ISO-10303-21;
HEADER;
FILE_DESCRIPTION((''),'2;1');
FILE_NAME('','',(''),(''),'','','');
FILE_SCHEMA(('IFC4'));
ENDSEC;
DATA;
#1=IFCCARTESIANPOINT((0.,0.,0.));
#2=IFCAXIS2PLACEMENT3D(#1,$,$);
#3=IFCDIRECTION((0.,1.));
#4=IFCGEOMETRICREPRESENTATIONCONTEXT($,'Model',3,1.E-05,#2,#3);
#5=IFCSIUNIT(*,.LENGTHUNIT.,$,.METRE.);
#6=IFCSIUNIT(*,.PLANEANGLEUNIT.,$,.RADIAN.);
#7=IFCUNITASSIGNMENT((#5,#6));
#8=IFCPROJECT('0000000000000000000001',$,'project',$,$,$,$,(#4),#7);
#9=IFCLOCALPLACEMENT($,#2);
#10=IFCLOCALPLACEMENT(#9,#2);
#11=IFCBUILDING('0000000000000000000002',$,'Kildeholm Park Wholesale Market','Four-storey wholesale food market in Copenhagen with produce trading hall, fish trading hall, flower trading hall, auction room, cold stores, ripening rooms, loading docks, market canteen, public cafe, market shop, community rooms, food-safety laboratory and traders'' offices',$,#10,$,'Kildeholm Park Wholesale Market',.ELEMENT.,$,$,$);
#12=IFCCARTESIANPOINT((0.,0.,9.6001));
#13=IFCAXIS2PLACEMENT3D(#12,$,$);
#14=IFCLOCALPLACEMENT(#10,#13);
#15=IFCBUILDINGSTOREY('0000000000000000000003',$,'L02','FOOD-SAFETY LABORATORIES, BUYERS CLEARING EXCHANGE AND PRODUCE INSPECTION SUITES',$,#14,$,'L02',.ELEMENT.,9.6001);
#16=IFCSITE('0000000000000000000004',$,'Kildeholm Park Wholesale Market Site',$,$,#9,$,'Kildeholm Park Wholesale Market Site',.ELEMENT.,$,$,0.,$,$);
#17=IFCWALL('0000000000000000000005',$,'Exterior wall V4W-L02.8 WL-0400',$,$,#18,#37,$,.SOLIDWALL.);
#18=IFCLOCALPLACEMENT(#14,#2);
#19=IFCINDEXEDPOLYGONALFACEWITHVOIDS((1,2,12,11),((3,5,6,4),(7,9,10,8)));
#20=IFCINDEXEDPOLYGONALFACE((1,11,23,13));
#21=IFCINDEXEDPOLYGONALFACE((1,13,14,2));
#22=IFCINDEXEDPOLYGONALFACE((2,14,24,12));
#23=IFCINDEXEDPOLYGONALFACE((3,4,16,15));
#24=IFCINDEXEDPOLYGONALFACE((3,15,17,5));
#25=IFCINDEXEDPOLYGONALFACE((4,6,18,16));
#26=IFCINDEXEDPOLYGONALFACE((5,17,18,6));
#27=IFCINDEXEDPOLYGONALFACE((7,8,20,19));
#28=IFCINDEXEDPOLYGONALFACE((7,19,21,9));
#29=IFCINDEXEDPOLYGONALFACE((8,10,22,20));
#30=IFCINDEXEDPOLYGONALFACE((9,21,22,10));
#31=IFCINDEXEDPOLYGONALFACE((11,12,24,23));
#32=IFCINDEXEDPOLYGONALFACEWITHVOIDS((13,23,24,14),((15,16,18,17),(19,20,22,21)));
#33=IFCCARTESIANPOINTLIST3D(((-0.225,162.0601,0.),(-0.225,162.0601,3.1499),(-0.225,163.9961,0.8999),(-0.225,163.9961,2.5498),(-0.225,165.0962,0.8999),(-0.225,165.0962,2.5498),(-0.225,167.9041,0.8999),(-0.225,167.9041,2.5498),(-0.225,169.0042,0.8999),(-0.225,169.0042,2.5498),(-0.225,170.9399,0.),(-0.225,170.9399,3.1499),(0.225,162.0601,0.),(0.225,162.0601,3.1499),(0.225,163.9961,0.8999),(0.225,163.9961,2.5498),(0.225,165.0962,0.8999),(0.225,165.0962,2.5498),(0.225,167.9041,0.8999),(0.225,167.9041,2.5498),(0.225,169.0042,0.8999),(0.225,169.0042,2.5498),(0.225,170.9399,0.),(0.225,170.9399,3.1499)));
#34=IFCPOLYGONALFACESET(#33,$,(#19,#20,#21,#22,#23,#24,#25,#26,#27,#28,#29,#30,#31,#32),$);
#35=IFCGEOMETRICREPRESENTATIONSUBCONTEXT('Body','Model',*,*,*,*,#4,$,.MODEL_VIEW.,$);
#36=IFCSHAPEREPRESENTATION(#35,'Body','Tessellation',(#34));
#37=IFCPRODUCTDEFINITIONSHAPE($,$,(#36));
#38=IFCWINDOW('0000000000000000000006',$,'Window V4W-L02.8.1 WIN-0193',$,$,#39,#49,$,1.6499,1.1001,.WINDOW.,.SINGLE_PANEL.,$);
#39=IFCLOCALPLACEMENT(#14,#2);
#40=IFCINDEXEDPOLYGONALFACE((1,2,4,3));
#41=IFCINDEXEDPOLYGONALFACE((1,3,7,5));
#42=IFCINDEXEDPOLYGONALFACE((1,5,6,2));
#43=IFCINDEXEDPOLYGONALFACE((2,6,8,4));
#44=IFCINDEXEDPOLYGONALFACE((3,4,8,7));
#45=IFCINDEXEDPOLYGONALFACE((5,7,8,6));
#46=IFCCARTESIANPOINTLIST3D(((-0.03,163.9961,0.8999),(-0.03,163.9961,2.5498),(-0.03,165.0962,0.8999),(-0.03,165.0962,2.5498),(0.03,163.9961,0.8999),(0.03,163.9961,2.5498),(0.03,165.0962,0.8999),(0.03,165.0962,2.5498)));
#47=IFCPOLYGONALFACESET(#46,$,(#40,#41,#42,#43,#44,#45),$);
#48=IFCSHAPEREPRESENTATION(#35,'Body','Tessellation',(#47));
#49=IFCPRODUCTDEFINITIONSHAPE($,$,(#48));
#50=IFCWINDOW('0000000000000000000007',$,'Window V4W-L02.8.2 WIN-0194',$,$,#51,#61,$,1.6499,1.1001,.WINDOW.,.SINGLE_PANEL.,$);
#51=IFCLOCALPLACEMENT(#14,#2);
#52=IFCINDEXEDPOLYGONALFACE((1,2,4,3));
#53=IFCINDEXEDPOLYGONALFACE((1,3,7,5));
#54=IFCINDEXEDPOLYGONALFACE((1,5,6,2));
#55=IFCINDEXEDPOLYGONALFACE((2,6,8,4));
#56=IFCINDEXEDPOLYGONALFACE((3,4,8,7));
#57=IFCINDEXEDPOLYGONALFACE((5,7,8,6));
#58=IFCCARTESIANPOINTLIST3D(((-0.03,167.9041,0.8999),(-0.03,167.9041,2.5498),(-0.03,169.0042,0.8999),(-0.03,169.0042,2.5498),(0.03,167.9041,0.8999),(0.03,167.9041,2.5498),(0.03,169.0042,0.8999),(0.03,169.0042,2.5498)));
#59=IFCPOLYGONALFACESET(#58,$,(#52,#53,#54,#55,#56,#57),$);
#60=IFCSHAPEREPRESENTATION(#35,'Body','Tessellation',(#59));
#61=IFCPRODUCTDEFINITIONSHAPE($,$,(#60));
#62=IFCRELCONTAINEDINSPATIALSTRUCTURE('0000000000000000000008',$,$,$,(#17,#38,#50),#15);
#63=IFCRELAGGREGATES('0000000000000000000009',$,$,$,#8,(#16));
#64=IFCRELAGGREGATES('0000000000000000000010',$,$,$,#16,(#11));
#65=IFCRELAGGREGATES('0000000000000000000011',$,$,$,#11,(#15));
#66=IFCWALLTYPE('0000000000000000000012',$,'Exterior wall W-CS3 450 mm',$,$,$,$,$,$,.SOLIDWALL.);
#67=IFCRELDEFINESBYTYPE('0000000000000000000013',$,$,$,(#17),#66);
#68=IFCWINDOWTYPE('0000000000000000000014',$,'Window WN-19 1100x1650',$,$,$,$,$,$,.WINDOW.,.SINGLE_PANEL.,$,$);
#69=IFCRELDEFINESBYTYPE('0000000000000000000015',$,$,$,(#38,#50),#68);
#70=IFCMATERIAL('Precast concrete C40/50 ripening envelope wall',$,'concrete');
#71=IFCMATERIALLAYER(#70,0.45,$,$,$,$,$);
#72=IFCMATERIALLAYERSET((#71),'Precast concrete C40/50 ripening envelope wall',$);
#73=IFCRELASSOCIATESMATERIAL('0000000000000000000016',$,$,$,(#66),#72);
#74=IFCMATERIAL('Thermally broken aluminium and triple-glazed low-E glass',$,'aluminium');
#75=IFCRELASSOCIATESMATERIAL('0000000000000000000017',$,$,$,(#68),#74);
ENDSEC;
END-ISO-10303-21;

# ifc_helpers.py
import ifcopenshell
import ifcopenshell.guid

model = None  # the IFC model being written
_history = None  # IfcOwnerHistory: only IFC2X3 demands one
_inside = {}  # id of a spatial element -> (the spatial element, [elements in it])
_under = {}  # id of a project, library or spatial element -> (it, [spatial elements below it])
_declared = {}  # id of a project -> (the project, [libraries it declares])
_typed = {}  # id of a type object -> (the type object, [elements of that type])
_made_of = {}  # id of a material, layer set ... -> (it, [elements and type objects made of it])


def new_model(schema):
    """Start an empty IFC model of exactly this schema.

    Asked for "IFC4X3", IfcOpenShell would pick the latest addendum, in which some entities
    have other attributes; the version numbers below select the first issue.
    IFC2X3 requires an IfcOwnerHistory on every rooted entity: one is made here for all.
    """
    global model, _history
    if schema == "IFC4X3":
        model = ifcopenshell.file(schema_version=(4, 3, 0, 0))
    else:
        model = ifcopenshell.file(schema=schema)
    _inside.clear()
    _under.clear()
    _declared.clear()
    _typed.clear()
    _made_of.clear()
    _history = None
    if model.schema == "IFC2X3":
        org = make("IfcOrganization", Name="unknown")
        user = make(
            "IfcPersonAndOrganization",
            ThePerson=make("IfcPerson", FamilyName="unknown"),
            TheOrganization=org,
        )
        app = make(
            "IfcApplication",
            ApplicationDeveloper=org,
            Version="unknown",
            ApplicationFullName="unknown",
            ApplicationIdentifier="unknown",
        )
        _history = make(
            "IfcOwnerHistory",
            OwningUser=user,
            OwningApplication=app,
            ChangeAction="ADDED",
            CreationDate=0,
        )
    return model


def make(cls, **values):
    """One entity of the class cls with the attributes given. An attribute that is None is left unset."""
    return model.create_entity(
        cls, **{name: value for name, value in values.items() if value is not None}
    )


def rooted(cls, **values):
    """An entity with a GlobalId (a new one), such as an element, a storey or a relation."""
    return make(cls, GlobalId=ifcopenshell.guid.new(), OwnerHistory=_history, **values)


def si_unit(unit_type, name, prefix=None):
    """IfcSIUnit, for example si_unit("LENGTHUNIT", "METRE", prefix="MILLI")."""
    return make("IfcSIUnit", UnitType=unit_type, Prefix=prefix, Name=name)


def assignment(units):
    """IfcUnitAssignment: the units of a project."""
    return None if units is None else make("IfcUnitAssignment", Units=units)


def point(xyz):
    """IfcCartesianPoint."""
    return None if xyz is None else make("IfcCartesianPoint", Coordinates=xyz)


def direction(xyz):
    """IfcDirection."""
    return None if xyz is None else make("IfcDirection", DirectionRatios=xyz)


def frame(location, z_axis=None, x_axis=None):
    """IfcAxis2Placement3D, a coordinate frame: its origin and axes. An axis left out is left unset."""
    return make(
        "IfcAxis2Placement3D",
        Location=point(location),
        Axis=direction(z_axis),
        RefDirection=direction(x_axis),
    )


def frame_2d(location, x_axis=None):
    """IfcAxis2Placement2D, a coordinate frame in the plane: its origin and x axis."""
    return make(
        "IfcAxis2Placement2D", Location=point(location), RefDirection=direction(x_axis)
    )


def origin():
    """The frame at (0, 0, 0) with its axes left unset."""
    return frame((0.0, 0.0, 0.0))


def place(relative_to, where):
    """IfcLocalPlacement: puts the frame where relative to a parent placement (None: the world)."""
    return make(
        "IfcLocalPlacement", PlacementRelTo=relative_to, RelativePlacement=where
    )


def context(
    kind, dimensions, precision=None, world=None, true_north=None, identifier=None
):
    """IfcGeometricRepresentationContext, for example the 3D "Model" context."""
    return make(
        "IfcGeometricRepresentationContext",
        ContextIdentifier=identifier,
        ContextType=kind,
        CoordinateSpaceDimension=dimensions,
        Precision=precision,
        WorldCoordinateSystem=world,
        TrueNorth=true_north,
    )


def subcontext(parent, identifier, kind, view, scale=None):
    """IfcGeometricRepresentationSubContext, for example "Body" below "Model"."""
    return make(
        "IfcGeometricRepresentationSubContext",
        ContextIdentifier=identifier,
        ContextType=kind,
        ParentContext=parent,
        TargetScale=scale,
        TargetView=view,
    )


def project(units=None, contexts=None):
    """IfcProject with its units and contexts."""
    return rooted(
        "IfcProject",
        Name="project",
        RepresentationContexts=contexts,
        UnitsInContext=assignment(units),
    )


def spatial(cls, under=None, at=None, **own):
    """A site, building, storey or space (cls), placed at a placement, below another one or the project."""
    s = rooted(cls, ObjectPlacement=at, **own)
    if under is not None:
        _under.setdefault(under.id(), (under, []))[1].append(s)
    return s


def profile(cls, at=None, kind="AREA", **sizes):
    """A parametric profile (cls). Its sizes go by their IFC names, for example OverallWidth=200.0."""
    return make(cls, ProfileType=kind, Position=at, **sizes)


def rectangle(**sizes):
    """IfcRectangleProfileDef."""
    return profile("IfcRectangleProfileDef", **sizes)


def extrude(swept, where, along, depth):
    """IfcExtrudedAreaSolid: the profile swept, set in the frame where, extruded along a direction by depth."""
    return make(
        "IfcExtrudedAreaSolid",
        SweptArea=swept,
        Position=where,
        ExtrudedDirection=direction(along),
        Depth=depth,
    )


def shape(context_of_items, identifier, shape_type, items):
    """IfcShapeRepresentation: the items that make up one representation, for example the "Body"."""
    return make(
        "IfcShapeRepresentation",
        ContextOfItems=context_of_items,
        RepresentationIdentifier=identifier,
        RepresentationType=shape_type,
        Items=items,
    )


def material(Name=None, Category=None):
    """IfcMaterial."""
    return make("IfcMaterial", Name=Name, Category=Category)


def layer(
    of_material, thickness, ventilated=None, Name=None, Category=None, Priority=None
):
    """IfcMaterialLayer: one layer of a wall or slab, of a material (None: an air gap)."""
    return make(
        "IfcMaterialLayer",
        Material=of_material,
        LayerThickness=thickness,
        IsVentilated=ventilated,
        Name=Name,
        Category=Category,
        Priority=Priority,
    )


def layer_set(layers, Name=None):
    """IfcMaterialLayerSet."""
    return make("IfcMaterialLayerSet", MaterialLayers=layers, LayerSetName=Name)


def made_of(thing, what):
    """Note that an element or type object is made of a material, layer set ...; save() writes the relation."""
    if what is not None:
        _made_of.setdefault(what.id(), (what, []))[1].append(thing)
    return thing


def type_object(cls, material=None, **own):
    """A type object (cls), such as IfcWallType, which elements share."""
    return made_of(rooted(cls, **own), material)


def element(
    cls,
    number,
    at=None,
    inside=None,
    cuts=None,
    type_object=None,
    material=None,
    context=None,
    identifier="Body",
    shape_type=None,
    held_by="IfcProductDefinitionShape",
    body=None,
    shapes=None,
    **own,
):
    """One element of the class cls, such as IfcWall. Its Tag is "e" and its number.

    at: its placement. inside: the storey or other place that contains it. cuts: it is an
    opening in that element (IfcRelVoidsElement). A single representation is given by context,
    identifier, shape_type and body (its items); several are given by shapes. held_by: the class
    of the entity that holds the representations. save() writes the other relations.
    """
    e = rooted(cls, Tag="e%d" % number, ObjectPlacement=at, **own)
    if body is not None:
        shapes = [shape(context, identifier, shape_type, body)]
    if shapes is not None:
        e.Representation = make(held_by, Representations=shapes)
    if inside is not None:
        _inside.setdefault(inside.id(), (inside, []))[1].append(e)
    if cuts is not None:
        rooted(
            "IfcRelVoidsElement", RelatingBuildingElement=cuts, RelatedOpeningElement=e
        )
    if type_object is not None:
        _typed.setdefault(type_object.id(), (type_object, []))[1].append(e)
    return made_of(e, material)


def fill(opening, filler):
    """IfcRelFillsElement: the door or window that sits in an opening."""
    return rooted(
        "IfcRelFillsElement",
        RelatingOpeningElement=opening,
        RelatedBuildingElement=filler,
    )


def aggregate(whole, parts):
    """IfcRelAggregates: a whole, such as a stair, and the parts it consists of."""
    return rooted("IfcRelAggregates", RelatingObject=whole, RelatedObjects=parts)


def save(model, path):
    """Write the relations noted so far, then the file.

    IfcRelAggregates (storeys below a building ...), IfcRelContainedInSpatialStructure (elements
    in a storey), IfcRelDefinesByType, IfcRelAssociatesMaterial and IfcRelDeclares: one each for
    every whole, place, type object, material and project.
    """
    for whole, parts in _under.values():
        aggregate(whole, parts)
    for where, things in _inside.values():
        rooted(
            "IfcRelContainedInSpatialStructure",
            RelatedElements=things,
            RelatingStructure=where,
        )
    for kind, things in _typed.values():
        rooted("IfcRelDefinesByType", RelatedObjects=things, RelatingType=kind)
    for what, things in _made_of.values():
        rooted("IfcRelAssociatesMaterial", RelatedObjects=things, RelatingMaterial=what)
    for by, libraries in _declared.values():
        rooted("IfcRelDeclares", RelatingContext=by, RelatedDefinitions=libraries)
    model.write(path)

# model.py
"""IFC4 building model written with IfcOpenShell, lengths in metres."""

from ifc_helpers import new_model, si_unit, direction, frame, frame_2d, origin, place, context, subcontext, project, spatial, rectangle, extrude, material, layer, layer_set, type_object, element, fill, save


model = new_model("IFC4")

# Units and contexts
model_context = context("Model", 3, precision=1e-05, world=origin(), true_north=direction((0.0, 1.0)))
body_context = subcontext(model_context, "Body", "Model", "MODEL_VIEW")
ifc_project = project(units=[si_unit("LENGTHUNIT", "METRE"), si_unit("PLANEANGLEUNIT", "RADIAN")], contexts=[model_context])

# Site, building, storey
site_placement = place(None, origin())
site = spatial("IfcSite", under=ifc_project, at=site_placement, Name="Kildeholm Park Wholesale Market Site", LongName="Kildeholm Park Wholesale Market Site", CompositionType="ELEMENT", RefElevation=0.0)
building_placement = place(site_placement, origin())
building = spatial("IfcBuilding", under=site, at=building_placement, Name="Kildeholm Park Wholesale Market", Description="Four-storey wholesale food market in Copenhagen with produce trading hall, fish trading hall, flower trading hall, auction room, cold stores, ripening rooms, loading docks, market canteen, public cafe, market shop, community rooms, food-safety laboratory and traders' offices", LongName="Kildeholm Park Wholesale Market", CompositionType="ELEMENT")
storey_placement = place(building_placement, frame((0.0, 0.0, 9.6001)))
storey = spatial("IfcBuildingStorey", under=building, at=storey_placement, Name="L02", Description="FOOD-SAFETY LABORATORIES, BUYERS CLEARING EXCHANGE AND PRODUCE INSPECTION SUITES", LongName="L02", CompositionType="ELEMENT", Elevation=9.6001)

# Wall, openings, windows
ifc_material_1 = material(Name="Precast concrete C40/50 ripening envelope wall", Category="concrete")
ifc_layer = layer(ifc_material_1, 0.45)
ifc_layer_set = layer_set([ifc_layer], Name="Precast concrete C40/50 ripening envelope wall")
wall_type = type_object("IfcWallType", Name="Exterior wall W-CS3 450 mm", PredefinedType="SOLIDWALL", material=ifc_layer_set)
ifc_material_2 = material(Name="Thermally broken aluminium and triple-glazed low-E glass", Category="aluminium")
wall_1_placement = place(storey_placement, frame((0.0, 162.0601, 0.0), z_axis=(0.0, 0.0, 1.0), x_axis=(0.0, 1.0, 0.0)))
wall_1 = element("IfcWall", 1, at=wall_1_placement, inside=storey, type_object=wall_type, Name="Exterior wall V4W-L02.8 WL-0400", PredefinedType="SOLIDWALL", context=body_context, shape_type="SweptSolid", body=[
    extrude(rectangle(XDim=8.8799, YDim=0.45, at=frame_2d((4.4399, 0.0))), origin(), (0.0, 0.0, 1.0), 3.1499),
])
opening_1_placement = place(wall_1_placement, frame((1.936, 0.0, 0.8999)))
opening_1 = element("IfcOpeningElement", 2, at=opening_1_placement, cuts=wall_1, PredefinedType="OPENING", context=body_context, shape_type="SweptSolid", body=[
    extrude(rectangle(XDim=1.1001, YDim=1.6499, at=frame_2d((0.55, 0.825))), frame((0.0, 0.2349, 0.0), z_axis=(0.0, -1.0, 0.0), x_axis=(1.0, 0.0, 0.0)), (0.0, 0.0, 1.0), 0.47),
])
opening_2_placement = place(wall_1_placement, frame((5.844, 0.0, 0.8999)))
opening_2 = element("IfcOpeningElement", 3, at=opening_2_placement, cuts=wall_1, PredefinedType="OPENING", context=body_context, shape_type="SweptSolid", body=[
    extrude(rectangle(XDim=1.1001, YDim=1.6499, at=frame_2d((0.55, 0.825))), frame((0.0, 0.2349, 0.0), z_axis=(0.0, -1.0, 0.0), x_axis=(1.0, 0.0, 0.0)), (0.0, 0.0, 1.0), 0.47),
])
window_type_1 = type_object("IfcWindowType", Name="Window WN-19 1100x1650", PartitioningType="SINGLE_PANEL", PredefinedType="WINDOW", material=ifc_material_2)
window_1_placement = place(opening_1_placement, origin())
window_1 = element("IfcWindow", 4, at=window_1_placement, inside=storey, type_object=window_type_1, Name="Window V4W-L02.8.1 WIN-0193", OverallHeight=1.6499, OverallWidth=1.1001, PartitioningType="SINGLE_PANEL", PredefinedType="WINDOW", context=body_context, shape_type="SweptSolid", body=[
    extrude(rectangle(XDim=1.1001, YDim=1.6499, at=frame_2d((0.55, 0.825))), frame((0.0, 0.03, 0.0), z_axis=(0.0, -1.0, 0.0), x_axis=(1.0, 0.0, 0.0)), (0.0, 0.0, 1.0), 0.0601),
])
fill(opening_1, window_1)
window_2_placement = place(opening_2_placement, origin())
window_2 = element("IfcWindow", 5, at=window_2_placement, inside=storey, type_object=window_type_1, Name="Window V4W-L02.8.2 WIN-0194", OverallHeight=1.6499, OverallWidth=1.1001, PartitioningType="SINGLE_PANEL", PredefinedType="WINDOW", context=body_context, shape_type="SweptSolid", body=[
    extrude(rectangle(XDim=1.1001, YDim=1.6499, at=frame_2d((0.55, 0.825))), frame((0.0, 0.03, 0.0), z_axis=(0.0, -1.0, 0.0), x_axis=(1.0, 0.0, 0.0)), (0.0, 0.0, 1.0), 0.0601),
])
fill(opening_2, window_2)

save(model, "model.ifc")
